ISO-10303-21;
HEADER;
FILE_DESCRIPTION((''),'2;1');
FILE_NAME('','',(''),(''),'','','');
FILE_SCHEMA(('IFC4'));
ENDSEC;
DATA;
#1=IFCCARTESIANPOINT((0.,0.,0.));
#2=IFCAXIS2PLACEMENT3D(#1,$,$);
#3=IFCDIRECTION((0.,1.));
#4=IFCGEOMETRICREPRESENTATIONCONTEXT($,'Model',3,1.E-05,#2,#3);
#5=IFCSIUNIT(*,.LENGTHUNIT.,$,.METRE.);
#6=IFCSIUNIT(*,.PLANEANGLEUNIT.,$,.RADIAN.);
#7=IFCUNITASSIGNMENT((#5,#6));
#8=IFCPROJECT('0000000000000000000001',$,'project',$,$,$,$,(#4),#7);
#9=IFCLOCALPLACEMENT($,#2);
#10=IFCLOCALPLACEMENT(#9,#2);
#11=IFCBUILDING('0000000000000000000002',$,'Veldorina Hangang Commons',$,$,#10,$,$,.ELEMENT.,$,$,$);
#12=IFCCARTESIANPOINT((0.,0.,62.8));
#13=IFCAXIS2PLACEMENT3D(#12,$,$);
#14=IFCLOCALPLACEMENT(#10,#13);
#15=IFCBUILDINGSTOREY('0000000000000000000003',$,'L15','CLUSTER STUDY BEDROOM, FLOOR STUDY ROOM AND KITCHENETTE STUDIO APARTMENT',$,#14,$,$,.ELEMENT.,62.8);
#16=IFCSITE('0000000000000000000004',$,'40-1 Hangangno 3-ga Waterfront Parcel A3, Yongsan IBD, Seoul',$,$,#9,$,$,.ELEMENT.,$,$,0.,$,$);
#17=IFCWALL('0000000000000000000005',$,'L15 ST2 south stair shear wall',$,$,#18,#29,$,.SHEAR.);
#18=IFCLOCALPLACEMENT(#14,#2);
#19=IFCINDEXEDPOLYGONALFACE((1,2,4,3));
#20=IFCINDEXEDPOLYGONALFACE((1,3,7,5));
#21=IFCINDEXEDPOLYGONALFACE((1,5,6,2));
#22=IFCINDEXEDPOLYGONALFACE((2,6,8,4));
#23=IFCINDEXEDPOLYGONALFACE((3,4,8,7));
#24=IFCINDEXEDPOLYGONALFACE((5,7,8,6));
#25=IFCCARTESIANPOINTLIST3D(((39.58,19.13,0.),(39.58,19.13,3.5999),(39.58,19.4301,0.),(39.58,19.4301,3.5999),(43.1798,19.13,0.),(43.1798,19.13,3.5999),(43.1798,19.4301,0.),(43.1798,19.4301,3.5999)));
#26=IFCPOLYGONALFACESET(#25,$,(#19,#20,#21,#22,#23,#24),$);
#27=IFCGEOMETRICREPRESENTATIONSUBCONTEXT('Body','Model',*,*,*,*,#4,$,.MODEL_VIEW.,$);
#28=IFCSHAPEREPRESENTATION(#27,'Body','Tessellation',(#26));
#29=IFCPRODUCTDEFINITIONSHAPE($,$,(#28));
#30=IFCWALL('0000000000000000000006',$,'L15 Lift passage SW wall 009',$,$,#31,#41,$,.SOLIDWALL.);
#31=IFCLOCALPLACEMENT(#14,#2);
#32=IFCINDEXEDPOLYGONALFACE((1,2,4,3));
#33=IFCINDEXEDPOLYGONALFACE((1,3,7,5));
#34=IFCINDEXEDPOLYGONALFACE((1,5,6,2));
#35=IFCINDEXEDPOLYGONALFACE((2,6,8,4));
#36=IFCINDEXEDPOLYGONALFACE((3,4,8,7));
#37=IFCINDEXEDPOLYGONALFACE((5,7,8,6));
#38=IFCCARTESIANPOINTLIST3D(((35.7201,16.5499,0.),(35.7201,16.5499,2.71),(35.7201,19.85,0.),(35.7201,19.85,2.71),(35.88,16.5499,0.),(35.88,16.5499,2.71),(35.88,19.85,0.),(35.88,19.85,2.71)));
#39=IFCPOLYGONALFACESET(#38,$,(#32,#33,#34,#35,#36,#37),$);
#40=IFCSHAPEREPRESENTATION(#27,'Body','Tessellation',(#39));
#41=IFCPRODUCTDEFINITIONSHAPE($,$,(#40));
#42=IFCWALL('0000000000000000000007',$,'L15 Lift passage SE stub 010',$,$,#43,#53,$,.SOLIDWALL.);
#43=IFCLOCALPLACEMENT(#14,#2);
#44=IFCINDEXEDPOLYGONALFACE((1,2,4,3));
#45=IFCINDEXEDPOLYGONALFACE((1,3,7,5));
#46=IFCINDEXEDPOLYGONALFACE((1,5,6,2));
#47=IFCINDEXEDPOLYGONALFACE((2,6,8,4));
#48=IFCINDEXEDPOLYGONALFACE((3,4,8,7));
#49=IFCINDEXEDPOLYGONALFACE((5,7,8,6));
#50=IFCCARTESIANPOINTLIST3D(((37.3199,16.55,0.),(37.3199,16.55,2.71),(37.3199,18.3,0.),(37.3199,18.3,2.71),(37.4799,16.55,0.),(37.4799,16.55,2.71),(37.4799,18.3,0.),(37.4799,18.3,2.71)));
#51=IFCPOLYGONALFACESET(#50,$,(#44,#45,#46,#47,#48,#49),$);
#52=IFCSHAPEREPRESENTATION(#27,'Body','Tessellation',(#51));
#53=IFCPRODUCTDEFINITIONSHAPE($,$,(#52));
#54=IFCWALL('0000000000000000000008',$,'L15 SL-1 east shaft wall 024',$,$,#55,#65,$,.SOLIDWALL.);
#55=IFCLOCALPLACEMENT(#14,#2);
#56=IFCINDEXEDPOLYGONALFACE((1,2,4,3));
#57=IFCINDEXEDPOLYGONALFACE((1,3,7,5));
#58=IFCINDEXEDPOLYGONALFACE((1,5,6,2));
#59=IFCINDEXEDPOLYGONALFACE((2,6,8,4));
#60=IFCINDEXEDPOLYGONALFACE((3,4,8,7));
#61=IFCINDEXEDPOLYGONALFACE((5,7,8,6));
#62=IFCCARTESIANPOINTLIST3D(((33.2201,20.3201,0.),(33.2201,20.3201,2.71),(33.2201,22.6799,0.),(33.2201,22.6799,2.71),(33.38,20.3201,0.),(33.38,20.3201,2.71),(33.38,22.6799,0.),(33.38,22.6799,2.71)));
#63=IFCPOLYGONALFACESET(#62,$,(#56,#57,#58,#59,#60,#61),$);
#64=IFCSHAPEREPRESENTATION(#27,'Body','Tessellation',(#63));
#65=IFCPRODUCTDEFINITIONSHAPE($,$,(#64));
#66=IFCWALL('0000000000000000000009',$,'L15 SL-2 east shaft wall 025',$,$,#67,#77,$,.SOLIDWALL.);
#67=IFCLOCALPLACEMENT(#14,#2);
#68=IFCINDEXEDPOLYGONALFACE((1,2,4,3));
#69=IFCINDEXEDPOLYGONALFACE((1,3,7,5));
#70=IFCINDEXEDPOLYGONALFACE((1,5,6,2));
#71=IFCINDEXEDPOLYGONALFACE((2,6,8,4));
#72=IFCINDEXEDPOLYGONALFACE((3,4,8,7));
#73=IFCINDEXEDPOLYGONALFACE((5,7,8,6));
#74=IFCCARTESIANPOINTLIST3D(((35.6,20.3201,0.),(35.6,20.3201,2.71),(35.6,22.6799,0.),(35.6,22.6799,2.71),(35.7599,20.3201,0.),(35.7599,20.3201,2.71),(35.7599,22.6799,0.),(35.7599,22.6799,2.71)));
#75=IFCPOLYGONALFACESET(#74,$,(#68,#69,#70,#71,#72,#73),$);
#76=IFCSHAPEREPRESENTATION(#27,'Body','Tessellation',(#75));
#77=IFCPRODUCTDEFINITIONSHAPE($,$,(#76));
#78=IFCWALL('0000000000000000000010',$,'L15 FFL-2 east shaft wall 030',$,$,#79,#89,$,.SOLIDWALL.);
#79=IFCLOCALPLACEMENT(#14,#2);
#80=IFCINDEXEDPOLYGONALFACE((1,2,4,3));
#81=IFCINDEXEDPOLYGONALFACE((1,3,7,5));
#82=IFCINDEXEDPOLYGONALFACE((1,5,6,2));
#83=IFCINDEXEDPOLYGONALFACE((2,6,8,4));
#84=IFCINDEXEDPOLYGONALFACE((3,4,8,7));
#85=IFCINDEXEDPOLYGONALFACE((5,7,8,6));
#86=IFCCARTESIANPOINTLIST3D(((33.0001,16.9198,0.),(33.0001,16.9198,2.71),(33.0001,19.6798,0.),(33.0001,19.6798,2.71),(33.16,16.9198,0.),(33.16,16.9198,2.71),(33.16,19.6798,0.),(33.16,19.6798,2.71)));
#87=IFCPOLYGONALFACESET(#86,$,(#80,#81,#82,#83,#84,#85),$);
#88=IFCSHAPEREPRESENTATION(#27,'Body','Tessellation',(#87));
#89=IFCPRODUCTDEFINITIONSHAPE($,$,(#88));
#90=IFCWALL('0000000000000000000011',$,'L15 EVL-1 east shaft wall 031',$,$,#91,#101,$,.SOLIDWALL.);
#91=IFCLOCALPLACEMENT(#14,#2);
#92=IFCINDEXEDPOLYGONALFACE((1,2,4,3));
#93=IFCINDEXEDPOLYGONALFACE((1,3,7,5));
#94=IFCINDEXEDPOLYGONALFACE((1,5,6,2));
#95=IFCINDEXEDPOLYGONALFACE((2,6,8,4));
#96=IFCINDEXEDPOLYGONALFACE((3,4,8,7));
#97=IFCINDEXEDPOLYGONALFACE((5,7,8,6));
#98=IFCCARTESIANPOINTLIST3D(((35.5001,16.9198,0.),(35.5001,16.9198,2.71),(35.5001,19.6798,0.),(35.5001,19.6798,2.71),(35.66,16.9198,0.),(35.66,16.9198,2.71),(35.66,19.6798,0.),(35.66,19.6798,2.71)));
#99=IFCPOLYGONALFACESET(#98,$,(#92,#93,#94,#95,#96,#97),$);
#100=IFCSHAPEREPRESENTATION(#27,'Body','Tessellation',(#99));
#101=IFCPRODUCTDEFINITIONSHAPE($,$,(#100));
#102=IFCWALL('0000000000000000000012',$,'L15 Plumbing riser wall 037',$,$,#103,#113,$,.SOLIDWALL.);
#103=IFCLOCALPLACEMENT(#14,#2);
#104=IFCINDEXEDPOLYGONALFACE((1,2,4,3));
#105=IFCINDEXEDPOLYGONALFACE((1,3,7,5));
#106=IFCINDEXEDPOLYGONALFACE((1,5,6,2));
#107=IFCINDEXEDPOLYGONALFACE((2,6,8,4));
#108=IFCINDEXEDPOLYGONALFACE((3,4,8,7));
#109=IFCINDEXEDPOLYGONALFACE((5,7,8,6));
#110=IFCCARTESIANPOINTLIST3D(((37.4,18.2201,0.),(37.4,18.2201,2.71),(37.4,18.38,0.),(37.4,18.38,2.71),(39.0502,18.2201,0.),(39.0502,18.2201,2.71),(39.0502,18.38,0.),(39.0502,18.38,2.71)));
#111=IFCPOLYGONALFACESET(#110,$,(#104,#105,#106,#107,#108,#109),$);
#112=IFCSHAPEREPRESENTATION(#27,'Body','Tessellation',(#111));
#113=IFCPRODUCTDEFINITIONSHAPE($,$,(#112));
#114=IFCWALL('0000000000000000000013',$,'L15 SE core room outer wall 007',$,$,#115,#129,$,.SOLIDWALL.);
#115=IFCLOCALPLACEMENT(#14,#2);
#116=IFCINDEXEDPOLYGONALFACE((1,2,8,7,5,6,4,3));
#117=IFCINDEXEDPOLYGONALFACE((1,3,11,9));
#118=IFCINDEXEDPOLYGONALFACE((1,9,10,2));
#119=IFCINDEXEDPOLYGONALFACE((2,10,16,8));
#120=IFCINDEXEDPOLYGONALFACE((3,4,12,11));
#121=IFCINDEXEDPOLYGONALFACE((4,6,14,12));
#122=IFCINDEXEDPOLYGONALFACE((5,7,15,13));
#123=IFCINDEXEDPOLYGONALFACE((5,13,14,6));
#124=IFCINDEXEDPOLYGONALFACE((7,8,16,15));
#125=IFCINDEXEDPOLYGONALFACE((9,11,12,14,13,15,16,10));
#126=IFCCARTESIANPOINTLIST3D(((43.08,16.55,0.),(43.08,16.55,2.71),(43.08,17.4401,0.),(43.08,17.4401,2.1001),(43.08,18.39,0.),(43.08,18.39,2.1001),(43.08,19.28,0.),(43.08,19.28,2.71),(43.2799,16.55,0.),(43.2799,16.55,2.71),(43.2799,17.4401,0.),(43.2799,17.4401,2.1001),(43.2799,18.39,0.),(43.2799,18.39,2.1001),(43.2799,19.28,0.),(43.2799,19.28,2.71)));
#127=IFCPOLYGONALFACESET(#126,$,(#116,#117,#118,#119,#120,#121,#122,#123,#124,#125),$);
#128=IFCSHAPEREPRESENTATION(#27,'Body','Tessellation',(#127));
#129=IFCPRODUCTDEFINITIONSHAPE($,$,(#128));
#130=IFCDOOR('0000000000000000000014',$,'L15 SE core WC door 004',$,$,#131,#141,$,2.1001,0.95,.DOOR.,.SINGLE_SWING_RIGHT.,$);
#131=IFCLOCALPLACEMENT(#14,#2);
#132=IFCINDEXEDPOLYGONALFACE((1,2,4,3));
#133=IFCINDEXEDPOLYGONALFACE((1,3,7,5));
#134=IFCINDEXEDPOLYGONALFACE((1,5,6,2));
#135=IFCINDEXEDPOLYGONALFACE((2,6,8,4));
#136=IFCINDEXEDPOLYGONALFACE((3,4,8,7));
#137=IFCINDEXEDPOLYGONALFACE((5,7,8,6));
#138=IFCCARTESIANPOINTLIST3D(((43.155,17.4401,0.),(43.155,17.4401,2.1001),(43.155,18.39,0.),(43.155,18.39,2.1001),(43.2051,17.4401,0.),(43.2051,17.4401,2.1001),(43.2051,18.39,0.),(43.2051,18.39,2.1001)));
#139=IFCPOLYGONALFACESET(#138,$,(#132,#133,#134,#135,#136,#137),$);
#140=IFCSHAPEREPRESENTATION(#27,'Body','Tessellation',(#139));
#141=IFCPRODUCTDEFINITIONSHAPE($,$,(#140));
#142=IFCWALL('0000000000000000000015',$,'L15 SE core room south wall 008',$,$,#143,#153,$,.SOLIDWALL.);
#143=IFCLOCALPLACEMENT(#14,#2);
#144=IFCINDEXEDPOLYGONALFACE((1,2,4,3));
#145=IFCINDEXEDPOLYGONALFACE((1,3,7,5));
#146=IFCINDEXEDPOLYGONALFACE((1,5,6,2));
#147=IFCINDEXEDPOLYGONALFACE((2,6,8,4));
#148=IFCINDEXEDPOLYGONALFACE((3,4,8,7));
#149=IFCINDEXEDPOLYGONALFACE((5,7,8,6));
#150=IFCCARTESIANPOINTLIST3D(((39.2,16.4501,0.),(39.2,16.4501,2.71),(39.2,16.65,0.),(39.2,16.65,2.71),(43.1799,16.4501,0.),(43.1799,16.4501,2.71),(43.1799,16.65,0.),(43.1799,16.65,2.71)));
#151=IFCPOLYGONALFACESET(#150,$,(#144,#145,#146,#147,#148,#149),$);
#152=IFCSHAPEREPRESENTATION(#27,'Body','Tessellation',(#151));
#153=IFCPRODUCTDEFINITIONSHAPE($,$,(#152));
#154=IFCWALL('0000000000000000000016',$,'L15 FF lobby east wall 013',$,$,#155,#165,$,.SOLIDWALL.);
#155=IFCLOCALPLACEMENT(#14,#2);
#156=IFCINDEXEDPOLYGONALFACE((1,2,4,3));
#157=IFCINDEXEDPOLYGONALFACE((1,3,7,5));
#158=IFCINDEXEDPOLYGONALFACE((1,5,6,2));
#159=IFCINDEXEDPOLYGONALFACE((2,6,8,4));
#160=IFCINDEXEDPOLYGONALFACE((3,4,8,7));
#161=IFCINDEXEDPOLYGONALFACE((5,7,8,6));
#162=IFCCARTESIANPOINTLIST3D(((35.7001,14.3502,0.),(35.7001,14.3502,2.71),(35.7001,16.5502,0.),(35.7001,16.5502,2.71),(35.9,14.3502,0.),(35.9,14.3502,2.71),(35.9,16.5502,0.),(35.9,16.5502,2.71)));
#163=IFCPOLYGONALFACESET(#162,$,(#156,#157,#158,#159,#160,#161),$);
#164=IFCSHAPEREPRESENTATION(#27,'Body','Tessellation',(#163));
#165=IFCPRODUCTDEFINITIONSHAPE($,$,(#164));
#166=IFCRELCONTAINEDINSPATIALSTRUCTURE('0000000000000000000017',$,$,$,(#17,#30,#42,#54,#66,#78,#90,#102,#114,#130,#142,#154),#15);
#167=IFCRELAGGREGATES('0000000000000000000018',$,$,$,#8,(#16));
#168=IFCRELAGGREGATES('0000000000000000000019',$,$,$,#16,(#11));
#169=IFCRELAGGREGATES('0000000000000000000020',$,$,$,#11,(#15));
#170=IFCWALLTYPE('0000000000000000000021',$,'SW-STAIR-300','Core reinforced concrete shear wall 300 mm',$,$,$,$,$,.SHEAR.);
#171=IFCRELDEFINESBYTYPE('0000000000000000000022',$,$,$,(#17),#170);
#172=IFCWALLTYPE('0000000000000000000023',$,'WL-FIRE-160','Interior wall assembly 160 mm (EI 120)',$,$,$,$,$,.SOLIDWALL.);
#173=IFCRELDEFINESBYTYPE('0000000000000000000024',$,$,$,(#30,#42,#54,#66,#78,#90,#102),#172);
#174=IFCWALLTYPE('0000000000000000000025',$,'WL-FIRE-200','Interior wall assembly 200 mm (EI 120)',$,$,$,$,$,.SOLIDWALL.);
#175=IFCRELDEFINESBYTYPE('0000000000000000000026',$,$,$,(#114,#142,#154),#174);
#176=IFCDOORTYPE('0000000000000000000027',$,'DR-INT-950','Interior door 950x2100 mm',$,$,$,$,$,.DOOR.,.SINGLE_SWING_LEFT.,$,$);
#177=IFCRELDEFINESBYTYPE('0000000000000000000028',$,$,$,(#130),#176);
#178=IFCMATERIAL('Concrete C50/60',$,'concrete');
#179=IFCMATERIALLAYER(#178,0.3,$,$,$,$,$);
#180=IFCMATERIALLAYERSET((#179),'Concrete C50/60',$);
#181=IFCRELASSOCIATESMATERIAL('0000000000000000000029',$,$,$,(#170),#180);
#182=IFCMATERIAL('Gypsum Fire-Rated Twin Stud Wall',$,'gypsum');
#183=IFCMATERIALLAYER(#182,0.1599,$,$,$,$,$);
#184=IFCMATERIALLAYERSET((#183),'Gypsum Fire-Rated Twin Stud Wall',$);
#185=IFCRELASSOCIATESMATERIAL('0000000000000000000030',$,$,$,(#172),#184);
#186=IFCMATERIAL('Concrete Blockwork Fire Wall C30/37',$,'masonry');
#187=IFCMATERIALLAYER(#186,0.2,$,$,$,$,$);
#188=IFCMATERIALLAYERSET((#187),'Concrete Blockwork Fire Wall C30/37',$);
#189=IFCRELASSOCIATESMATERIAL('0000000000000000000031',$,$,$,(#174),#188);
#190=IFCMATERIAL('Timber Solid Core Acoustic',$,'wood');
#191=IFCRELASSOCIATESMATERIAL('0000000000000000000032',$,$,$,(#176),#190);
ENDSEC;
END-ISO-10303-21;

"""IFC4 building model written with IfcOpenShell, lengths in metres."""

from ifc_helpers import new_model, si_unit, direction, frame, frame_2d, origin, place, context, subcontext, project, spatial, rectangle, extrude, material, layer, layer_set, type_object, element, fill, save


model = new_model("IFC4")

# Units and contexts
model_context = context("Model", 3, precision=1e-05, world=origin(), true_north=direction((0.0, 1.0)))
body_context = subcontext(model_context, "Body", "Model", "MODEL_VIEW")
ifc_project = project(units=[si_unit("LENGTHUNIT", "METRE"), si_unit("PLANEANGLEUNIT", "RADIAN")], contexts=[model_context])

# Site, building, storey
site_placement = place(None, origin())
site = spatial("IfcSite", under=ifc_project, at=site_placement, Name="40-1 Hangangno 3-ga Waterfront Parcel A3, Yongsan IBD, Seoul", CompositionType="ELEMENT", RefElevation=0.0)
building_placement = place(site_placement, origin())
building = spatial("IfcBuilding", under=site, at=building_placement, Name="Veldorina Hangang Commons", CompositionType="ELEMENT")
storey_placement = place(building_placement, frame((0.0, 0.0, 62.8)))
storey = spatial("IfcBuildingStorey", under=building, at=storey_placement, Name="L15", Description="CLUSTER STUDY BEDROOM, FLOOR STUDY ROOM AND KITCHENETTE STUDIO APARTMENT", CompositionType="ELEMENT", Elevation=62.8)

# Walls
ifc_material_1 = material(Name="Concrete C50/60", Category="concrete")
ifc_layer_1 = layer(ifc_material_1, 0.3)
ifc_layer_set_1 = layer_set([ifc_layer_1], Name="Concrete C50/60")
wall_type_1 = type_object("IfcWallType", Name="SW-STAIR-300", Description="Core reinforced concrete shear wall 300 mm", PredefinedType="SHEAR", material=ifc_layer_set_1)
wall_1_placement = place(storey_placement, frame((39.5801, 19.28, 0.0), z_axis=(0.0, 0.0, 1.0), x_axis=(1.0, 0.0, 0.0)))
element("IfcWall", 1, at=wall_1_placement, inside=storey, type_object=wall_type_1, Name="L15 ST2 south stair shear wall", PredefinedType="SHEAR", context=body_context, shape_type="SweptSolid", body=[
    extrude(rectangle(XDim=3.5999, YDim=0.3, at=frame_2d((1.7998, 0.0))), origin(), (0.0, 0.0, 1.0), 3.5999),
])
ifc_material_2 = material(Name="Gypsum Fire-Rated Twin Stud Wall", Category="gypsum")
ifc_layer_2 = layer(ifc_material_2, 0.1599)
ifc_layer_set_2 = layer_set([ifc_layer_2], Name="Gypsum Fire-Rated Twin Stud Wall")
wall_type_2 = type_object("IfcWallType", Name="WL-FIRE-160", Description="Interior wall assembly 160 mm (EI 120)", PredefinedType="SOLIDWALL", material=ifc_layer_set_2)
wall_2_placement = place(storey_placement, frame((35.8, 16.55, 0.0), z_axis=(0.0, 0.0, 1.0), x_axis=(0.0, 1.0, 0.0)))
element("IfcWall", 2, at=wall_2_placement, inside=storey, type_object=wall_type_2, Name="L15 Lift passage SW wall 009", PredefinedType="SOLIDWALL", context=body_context, shape_type="SweptSolid", body=[
    extrude(rectangle(XDim=3.3, YDim=0.1599, at=frame_2d((1.6499, 0.0))), origin(), (0.0, 0.0, 1.0), 2.71),
])
wall_3_placement = place(storey_placement, frame((37.3999, 16.55, 0.0), z_axis=(0.0, 0.0, 1.0), x_axis=(0.0, 1.0, 0.0)))
element("IfcWall", 3, at=wall_3_placement, inside=storey, type_object=wall_type_2, Name="L15 Lift passage SE stub 010", PredefinedType="SOLIDWALL", context=body_context, shape_type="SweptSolid", body=[
    extrude(rectangle(XDim=1.75, YDim=0.1599, at=frame_2d((0.875, 0.0))), origin(), (0.0, 0.0, 1.0), 2.71),
])
for number, where, z_axis, x_axis, name in (
    (4, (33.3, 20.3201, 0.0), (0.0, 0.0, 1.0), (0.0, 1.0, 0.0), "L15 SL-1 east shaft wall 024"),
    (5, (35.6799, 20.3201, 0.0), (0.0, 0.0, 1.0), (0.0, 1.0, 0.0), "L15 SL-2 east shaft wall 025"),
):
    element("IfcWall", number, at=place(storey_placement, frame(where, z_axis=z_axis, x_axis=x_axis)), inside=storey, type_object=wall_type_2, Name=name, PredefinedType="SOLIDWALL", context=body_context, shape_type="SweptSolid", body=[
        extrude(rectangle(XDim=2.3599, YDim=0.1599, at=frame_2d((1.1799, 0.0))), origin(), (0.0, 0.0, 1.0), 2.71),
    ])
for number, where, z_axis, x_axis, name in (
    (6, (33.0801, 16.9199, 0.0), (0.0, 0.0, 1.0), (0.0, 1.0, 0.0), "L15 FFL-2 east shaft wall 030"),
    (7, (35.5801, 16.9199, 0.0), (0.0, 0.0, 1.0), (0.0, 1.0, 0.0), "L15 EVL-1 east shaft wall 031"),
):
    element("IfcWall", number, at=place(storey_placement, frame(where, z_axis=z_axis, x_axis=x_axis)), inside=storey, type_object=wall_type_2, Name=name, PredefinedType="SOLIDWALL", context=body_context, shape_type="SweptSolid", body=[
        extrude(rectangle(XDim=2.76, YDim=0.1599, at=frame_2d((1.3799, 0.0))), origin(), (0.0, 0.0, 1.0), 2.71),
    ])
wall_4_placement = place(storey_placement, frame((37.3999, 18.3, 0.0), z_axis=(0.0, 0.0, 1.0), x_axis=(1.0, 0.0, 0.0)))
element("IfcWall", 8, at=wall_4_placement, inside=storey, type_object=wall_type_2, Name="L15 Plumbing riser wall 037", PredefinedType="SOLIDWALL", context=body_context, shape_type="SweptSolid", body=[
    extrude(rectangle(XDim=1.6501, YDim=0.1599, at=frame_2d((0.8252, 0.0))), origin(), (0.0, 0.0, 1.0), 2.71),
])

# Wall, opening, door
ifc_material_3 = material(Name="Concrete Blockwork Fire Wall C30/37", Category="masonry")
ifc_layer_3 = layer(ifc_material_3, 0.2)
ifc_layer_set_3 = layer_set([ifc_layer_3], Name="Concrete Blockwork Fire Wall C30/37")
wall_type_3 = type_object("IfcWallType", Name="WL-FIRE-200", Description="Interior wall assembly 200 mm (EI 120)", PredefinedType="SOLIDWALL", material=ifc_layer_set_3)
wall_5_placement = place(storey_placement, frame((43.1799, 16.55, 0.0), z_axis=(0.0, 0.0, 1.0), x_axis=(0.0, 1.0, 0.0)))
wall_5 = element("IfcWall", 9, at=wall_5_placement, inside=storey, type_object=wall_type_3, Name="L15 SE core room outer wall 007", PredefinedType="SOLIDWALL", context=body_context, shape_type="SweptSolid", body=[
    extrude(rectangle(XDim=2.73, YDim=0.2, at=frame_2d((1.365, 0.0))), origin(), (0.0, 0.0, 1.0), 2.71),
])
opening_1_placement = place(wall_5_placement, frame((0.8899, 0.0, 0.0)))
opening_1 = element("IfcOpeningElement", 10, at=opening_1_placement, cuts=wall_5, PredefinedType="OPENING", context=body_context, shape_type="SweptSolid", body=[
    extrude(rectangle(XDim=0.95, YDim=2.1001, at=frame_2d((0.4751, 1.05))), frame((0.0, 0.1099, 0.0), z_axis=(0.0, -1.0, 0.0), x_axis=(1.0, 0.0, 0.0)), (0.0, 0.0, 1.0), 0.22),
])
ifc_material_4 = material(Name="Timber Solid Core Acoustic", Category="wood")
door_type_1 = type_object("IfcDoorType", Name="DR-INT-950", Description="Interior door 950x2100 mm", OperationType="SINGLE_SWING_LEFT", PredefinedType="DOOR", material=ifc_material_4)
door_1_placement = place(opening_1_placement, origin())
door_1 = element("IfcDoor", 11, at=door_1_placement, inside=storey, type_object=door_type_1, Name="L15 SE core WC door 004", OperationType="SINGLE_SWING_RIGHT", OverallHeight=2.1001, OverallWidth=0.95, PredefinedType="DOOR", context=body_context, shape_type="SweptSolid", body=[
    extrude(rectangle(XDim=0.95, YDim=2.1001, at=frame_2d((0.4751, 1.05))), frame((0.0, 0.0249, 0.0), z_axis=(0.0, -1.0, 0.0), x_axis=(1.0, 0.0, 0.0)), (0.0, 0.0, 1.0), 0.05),
])
fill(opening_1, door_1)

# Walls
wall_6_placement = place(storey_placement, frame((39.2, 16.55, 0.0), z_axis=(0.0, 0.0, 1.0), x_axis=(1.0, 0.0, 0.0)))
element("IfcWall", 12, at=wall_6_placement, inside=storey, type_object=wall_type_3, Name="L15 SE core room south wall 008", PredefinedType="SOLIDWALL", context=body_context, shape_type="SweptSolid", body=[
    extrude(rectangle(XDim=3.98, YDim=0.2, at=frame_2d((1.99, 0.0))), origin(), (0.0, 0.0, 1.0), 2.71),
])
wall_7_placement = place(storey_placement, frame((35.8, 14.3501, 0.0), z_axis=(0.0, 0.0, 1.0), x_axis=(0.0, 1.0, 0.0)))
element("IfcWall", 13, at=wall_7_placement, inside=storey, type_object=wall_type_3, Name="L15 FF lobby east wall 013", PredefinedType="SOLIDWALL", context=body_context, shape_type="SweptSolid", body=[
    extrude(rectangle(XDim=2.2, YDim=0.2, at=frame_2d((1.1001, 0.0))), origin(), (0.0, 0.0, 1.0), 2.71),
])

save(model, "model.ifc")
